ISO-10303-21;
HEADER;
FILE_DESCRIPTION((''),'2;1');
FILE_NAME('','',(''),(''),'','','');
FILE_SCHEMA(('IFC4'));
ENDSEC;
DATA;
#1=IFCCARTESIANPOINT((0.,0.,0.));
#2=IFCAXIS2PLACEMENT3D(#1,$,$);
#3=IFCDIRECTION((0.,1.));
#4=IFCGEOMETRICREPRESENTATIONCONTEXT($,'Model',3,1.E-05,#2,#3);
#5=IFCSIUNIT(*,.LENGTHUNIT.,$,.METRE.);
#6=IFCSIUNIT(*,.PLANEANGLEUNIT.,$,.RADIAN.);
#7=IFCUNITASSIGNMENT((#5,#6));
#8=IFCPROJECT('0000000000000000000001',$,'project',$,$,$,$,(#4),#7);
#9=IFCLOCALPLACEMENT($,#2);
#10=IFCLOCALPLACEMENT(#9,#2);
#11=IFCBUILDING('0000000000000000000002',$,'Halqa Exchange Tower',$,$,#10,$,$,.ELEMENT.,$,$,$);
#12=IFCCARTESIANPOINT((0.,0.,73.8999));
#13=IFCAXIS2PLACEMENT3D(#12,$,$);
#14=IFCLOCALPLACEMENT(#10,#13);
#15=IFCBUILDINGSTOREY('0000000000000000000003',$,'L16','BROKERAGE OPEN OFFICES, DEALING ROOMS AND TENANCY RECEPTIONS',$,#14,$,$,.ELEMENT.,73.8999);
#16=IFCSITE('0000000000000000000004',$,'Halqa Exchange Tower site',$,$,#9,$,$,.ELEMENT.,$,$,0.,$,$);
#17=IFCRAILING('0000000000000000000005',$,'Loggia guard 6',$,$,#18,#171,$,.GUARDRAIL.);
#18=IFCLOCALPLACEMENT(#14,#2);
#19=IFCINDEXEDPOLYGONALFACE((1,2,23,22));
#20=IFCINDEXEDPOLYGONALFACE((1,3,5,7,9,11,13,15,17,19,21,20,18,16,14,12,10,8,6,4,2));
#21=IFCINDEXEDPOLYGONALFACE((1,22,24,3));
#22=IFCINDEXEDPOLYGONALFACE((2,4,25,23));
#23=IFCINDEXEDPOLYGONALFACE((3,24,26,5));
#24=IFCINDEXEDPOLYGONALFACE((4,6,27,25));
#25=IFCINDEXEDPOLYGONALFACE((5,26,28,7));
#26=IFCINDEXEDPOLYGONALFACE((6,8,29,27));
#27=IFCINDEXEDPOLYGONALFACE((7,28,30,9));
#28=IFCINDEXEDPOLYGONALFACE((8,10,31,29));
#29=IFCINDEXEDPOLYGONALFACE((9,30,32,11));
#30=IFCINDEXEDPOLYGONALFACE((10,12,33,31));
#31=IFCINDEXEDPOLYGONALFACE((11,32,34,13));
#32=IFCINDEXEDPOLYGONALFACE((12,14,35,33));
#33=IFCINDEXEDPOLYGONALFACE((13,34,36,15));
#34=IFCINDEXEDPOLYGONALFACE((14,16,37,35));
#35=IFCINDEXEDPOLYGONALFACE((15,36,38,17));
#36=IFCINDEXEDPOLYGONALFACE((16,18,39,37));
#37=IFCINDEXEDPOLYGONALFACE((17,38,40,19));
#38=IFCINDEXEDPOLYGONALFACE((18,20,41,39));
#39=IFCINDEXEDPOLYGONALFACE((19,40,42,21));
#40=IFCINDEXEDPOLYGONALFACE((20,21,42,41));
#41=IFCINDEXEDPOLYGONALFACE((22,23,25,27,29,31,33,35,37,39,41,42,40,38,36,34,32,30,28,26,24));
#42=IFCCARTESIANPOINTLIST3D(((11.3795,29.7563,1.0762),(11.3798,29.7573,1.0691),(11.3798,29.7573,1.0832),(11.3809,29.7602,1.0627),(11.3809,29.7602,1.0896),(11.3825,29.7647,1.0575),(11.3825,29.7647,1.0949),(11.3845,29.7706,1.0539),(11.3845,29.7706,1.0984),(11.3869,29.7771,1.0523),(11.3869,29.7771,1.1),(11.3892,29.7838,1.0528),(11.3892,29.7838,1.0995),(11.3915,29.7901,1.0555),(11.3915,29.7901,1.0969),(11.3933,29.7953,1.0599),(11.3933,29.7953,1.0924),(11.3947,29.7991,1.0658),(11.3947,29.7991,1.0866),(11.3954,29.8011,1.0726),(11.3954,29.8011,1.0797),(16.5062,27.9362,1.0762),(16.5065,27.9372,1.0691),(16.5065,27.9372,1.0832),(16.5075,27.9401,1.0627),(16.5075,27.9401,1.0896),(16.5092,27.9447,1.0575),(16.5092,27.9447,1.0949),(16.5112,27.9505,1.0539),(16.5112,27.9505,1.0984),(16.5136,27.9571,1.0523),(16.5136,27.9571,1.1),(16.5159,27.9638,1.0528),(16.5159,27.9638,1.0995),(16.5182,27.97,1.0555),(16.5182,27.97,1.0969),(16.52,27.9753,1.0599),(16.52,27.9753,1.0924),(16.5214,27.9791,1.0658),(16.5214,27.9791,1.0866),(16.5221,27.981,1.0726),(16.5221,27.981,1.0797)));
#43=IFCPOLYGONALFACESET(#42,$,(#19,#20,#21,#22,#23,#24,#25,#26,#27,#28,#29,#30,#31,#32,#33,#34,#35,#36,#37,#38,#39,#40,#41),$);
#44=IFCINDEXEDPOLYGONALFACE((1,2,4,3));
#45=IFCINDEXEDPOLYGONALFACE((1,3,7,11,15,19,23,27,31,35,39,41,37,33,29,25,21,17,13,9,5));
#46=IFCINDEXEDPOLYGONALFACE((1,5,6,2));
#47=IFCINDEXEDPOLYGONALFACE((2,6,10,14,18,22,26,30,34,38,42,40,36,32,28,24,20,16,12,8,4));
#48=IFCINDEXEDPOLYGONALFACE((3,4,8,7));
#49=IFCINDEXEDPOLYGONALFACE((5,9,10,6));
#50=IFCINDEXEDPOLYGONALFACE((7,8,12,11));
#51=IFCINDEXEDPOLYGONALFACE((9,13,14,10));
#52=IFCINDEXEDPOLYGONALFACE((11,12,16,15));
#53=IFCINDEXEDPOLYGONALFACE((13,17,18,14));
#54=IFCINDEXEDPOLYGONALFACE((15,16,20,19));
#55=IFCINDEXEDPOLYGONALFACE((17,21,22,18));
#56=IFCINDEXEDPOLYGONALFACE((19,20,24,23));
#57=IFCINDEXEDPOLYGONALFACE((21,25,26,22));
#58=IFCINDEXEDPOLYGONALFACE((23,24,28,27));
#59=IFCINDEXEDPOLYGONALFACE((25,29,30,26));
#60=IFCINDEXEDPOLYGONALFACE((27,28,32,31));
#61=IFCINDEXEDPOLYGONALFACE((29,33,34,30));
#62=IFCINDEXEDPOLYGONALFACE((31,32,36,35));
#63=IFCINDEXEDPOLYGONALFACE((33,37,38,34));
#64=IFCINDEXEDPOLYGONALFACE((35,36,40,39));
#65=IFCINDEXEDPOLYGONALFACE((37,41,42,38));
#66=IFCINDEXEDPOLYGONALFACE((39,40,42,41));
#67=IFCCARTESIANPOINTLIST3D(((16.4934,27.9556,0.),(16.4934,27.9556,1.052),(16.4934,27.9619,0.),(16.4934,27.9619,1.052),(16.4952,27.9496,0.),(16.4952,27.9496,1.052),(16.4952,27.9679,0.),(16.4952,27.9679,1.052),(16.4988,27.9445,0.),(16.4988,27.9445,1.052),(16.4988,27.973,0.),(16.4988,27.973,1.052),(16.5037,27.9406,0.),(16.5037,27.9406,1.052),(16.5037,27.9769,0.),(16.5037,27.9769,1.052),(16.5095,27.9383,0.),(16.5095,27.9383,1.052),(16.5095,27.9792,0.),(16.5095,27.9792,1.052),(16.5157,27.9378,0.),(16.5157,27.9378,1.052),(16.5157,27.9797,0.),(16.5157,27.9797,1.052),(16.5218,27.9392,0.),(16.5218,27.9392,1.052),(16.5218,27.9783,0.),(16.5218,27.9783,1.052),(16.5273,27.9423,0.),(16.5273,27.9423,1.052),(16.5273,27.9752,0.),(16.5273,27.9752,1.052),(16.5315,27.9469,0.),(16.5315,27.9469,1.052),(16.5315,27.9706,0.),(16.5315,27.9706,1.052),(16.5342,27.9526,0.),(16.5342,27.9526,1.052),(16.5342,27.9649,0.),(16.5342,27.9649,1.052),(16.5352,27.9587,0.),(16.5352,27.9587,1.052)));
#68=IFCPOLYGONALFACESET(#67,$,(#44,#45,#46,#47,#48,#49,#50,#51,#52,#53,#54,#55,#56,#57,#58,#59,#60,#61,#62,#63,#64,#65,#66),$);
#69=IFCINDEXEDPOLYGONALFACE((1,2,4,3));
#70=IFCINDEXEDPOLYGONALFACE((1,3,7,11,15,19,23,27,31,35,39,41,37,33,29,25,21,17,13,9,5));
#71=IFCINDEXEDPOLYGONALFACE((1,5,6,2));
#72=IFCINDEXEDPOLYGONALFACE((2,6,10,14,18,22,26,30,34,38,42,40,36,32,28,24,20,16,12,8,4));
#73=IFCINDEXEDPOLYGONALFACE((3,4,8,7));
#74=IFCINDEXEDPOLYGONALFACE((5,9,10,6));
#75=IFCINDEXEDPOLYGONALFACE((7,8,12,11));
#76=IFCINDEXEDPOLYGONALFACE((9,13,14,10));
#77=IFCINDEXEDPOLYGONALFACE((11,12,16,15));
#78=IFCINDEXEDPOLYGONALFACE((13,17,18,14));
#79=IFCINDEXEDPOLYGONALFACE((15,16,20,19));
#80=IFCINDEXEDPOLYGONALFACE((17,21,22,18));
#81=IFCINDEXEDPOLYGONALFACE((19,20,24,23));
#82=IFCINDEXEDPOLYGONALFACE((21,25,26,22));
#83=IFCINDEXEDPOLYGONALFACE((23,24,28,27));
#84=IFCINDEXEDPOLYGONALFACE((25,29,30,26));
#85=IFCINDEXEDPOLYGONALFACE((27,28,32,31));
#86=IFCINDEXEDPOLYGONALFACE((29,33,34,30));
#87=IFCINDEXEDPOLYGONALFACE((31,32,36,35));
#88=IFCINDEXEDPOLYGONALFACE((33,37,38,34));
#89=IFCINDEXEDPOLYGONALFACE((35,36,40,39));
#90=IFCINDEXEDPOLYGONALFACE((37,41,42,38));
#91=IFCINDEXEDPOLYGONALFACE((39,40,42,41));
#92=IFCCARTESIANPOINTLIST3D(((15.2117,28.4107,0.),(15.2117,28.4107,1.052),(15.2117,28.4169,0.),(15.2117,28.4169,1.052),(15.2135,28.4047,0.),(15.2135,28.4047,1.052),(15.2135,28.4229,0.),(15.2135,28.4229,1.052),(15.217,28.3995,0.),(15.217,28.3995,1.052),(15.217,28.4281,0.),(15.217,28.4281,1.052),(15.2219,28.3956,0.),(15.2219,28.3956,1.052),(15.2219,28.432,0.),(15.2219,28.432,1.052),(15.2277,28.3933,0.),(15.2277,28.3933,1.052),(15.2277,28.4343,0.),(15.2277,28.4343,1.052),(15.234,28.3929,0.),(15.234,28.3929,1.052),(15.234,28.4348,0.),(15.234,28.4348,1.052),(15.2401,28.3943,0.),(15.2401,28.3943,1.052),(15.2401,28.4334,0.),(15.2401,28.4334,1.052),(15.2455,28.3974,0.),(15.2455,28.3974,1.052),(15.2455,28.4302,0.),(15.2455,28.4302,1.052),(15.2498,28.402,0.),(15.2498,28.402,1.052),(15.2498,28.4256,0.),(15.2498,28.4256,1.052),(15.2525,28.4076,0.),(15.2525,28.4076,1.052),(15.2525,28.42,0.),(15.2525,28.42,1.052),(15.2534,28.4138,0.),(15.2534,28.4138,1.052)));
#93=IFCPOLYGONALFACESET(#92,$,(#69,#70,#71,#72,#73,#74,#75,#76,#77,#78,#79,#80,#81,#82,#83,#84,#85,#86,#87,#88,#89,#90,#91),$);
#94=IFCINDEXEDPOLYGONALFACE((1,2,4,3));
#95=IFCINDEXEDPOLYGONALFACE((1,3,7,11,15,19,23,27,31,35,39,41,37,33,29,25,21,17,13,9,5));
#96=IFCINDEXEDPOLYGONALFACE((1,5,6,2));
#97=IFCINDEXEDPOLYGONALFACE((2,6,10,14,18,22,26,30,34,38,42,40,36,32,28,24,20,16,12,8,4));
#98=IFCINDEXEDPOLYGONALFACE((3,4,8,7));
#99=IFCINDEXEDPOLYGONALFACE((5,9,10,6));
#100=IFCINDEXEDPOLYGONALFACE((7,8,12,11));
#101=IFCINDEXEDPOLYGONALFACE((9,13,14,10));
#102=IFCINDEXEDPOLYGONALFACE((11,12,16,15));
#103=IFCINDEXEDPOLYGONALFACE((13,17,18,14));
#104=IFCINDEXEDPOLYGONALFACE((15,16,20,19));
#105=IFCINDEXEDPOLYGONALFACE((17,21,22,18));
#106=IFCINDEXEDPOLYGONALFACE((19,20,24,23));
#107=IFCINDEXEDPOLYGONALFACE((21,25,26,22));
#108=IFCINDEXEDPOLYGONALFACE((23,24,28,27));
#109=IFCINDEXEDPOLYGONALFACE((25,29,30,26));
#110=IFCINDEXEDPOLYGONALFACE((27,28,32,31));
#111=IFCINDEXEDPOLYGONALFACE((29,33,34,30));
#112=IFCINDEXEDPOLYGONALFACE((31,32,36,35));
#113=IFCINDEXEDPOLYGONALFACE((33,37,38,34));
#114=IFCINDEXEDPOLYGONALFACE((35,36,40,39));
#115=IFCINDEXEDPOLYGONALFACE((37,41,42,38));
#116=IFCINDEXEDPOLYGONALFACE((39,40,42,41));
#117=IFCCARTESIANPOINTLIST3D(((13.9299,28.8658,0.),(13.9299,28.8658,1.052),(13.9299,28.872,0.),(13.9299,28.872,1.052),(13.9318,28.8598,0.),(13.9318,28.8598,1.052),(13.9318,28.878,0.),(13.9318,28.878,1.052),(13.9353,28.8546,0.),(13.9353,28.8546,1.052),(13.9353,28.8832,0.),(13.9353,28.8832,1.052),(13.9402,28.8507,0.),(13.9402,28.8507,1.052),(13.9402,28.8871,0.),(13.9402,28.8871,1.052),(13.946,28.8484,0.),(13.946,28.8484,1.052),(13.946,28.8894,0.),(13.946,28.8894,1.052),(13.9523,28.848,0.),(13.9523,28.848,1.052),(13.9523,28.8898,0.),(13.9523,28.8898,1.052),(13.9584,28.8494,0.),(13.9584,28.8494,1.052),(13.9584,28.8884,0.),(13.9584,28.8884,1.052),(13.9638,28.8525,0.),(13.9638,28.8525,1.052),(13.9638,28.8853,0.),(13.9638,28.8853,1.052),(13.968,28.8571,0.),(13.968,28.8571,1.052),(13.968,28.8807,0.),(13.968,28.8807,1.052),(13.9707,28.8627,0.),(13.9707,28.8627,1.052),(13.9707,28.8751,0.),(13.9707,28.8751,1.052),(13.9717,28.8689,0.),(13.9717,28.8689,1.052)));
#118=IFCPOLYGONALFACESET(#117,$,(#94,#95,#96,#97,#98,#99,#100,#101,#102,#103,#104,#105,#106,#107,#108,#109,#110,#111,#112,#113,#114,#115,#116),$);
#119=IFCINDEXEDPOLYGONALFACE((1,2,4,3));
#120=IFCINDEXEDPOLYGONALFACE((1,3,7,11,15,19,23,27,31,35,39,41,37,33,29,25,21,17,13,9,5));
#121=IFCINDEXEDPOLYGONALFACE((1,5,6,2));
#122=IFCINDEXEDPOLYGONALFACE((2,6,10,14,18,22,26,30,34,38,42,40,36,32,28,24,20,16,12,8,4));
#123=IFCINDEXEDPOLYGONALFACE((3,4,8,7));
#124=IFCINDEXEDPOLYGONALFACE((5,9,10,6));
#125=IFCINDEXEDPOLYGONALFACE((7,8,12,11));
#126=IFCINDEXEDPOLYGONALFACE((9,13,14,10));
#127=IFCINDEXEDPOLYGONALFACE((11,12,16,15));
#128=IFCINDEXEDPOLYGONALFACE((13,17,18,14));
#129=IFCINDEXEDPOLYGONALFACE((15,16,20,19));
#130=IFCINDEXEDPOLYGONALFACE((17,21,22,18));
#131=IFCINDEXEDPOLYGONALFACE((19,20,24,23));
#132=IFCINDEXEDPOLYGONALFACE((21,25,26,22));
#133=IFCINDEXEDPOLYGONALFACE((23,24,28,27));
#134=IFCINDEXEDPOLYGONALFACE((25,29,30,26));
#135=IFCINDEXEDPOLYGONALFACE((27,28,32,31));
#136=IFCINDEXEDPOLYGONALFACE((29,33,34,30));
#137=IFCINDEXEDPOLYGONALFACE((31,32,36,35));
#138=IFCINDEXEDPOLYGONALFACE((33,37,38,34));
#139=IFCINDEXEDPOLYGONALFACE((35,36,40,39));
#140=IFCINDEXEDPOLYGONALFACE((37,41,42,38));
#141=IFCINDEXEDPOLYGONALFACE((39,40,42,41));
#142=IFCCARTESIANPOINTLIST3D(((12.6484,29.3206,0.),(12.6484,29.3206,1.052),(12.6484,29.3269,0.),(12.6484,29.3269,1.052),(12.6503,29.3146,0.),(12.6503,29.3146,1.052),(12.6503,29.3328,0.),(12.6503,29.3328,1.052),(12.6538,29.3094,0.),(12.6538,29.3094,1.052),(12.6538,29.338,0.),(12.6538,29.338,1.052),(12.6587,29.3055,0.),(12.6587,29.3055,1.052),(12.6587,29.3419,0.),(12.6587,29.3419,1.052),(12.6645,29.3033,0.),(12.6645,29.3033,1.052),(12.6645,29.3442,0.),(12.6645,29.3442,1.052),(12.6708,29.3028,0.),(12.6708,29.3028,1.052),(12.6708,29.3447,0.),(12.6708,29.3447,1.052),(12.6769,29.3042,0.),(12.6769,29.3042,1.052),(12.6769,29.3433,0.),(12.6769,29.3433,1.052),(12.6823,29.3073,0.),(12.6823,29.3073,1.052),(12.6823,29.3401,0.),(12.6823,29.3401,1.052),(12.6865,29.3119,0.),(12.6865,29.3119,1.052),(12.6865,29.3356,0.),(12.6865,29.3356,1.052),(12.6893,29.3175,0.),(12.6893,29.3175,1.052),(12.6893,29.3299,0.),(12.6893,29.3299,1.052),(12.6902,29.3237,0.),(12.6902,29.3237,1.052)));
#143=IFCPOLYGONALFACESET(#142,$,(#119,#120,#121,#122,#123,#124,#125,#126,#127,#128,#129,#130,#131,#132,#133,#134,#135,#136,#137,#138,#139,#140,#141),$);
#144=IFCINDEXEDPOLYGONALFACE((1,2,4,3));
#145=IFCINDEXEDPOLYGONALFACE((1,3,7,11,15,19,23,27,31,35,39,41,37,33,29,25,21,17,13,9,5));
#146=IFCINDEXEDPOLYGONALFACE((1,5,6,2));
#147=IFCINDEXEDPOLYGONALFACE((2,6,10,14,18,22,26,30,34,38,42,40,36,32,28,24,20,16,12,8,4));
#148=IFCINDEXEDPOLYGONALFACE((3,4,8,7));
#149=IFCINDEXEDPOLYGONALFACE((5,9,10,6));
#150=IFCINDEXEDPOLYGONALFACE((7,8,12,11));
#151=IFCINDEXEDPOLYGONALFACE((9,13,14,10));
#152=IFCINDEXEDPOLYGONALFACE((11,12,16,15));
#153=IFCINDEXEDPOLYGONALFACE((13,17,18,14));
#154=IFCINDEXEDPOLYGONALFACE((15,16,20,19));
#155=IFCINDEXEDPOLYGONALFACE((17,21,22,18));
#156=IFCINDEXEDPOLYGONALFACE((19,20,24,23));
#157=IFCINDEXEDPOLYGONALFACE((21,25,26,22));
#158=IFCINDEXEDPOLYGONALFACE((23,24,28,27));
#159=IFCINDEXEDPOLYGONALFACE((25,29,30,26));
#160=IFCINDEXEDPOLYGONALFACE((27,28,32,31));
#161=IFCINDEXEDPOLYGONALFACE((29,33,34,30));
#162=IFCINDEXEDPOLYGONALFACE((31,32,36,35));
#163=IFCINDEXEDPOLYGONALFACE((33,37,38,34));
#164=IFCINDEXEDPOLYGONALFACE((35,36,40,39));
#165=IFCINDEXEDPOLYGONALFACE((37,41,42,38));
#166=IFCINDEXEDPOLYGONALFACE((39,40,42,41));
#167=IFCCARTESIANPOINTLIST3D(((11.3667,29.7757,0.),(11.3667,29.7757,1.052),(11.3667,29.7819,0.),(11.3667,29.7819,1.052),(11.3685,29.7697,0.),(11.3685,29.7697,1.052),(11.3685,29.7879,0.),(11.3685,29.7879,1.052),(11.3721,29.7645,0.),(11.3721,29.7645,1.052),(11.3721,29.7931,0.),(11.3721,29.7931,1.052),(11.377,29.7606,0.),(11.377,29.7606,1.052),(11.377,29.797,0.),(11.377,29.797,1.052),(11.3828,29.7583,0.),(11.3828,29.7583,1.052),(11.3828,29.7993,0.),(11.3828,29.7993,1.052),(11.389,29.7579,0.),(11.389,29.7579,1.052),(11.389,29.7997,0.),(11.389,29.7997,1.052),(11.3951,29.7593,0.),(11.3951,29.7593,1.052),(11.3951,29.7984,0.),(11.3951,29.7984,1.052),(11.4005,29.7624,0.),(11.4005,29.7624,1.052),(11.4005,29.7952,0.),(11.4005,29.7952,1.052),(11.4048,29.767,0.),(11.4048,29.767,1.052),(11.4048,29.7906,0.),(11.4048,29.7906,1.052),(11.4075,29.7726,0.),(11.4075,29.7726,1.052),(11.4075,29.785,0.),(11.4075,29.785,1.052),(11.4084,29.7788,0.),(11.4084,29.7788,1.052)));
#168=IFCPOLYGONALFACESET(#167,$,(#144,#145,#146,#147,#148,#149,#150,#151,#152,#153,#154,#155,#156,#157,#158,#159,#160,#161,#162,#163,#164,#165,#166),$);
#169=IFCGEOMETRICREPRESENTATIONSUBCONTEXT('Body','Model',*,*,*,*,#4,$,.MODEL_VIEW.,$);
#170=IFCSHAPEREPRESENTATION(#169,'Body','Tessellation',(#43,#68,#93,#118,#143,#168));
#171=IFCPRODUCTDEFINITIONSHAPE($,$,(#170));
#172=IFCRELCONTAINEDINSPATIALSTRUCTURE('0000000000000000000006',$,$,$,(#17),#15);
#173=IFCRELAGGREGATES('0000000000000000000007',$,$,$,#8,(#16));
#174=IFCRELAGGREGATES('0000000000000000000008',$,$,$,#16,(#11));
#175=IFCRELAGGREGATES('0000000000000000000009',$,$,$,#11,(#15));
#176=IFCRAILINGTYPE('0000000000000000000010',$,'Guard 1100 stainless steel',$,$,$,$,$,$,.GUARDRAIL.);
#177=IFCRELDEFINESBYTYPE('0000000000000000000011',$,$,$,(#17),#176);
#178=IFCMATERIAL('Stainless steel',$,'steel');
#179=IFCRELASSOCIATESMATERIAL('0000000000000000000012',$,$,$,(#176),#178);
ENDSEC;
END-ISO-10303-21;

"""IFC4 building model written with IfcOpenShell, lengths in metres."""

from ifc_helpers import new_model, si_unit, direction, frame, origin, origin_2d, place, context, subcontext, project, spatial, circle, extrude, material, type_object, element, save


model = new_model("IFC4")

# Units and contexts
model_context = context("Model", 3, precision=1e-05, world=origin(), true_north=direction((0.0, 1.0)))
body_context = subcontext(model_context, "Body", "Model", "MODEL_VIEW")
ifc_project = project(units=[si_unit("LENGTHUNIT", "METRE"), si_unit("PLANEANGLEUNIT", "RADIAN")], contexts=[model_context])

# Site, building, storey
site_placement = place(None, origin())
site = spatial("IfcSite", under=ifc_project, at=site_placement, Name="Halqa Exchange Tower site", CompositionType="ELEMENT", RefElevation=0.0)
building_placement = place(site_placement, origin())
building = spatial("IfcBuilding", under=site, at=building_placement, Name="Halqa Exchange Tower", CompositionType="ELEMENT")
storey_placement = place(building_placement, frame((0.0, 0.0, 73.8999)))
storey = spatial("IfcBuildingStorey", under=building, at=storey_placement, Name="L16", Description="BROKERAGE OPEN OFFICES, DEALING ROOMS AND TENANCY RECEPTIONS", CompositionType="ELEMENT", Elevation=73.8999)

# Railing
ifc_material_1 = material(Name="Stainless steel", Category="steel")
railing_type = type_object("IfcRailingType", Name="Guard 1100 stainless steel", PredefinedType="GUARDRAIL", material=ifc_material_1)
railing_1_placement = place(storey_placement, frame((16.5142, 27.9587, 0.0)))
element("IfcRailing", 1, at=railing_1_placement, inside=storey, type_object=railing_type, Name="Loggia guard 6", PredefinedType="GUARDRAIL", context=body_context, shape_type="SweptSolid", body=[
    extrude(circle(Radius=0.0239, at=origin_2d()), frame((0.0, 0.0, 1.0762), z_axis=(-0.942375, 0.334559, 0.0), x_axis=(-0.334559, -0.942375, 0.0)), (0.0, 0.0, 1.0), 5.4402),
    extrude(circle(Radius=0.021, at=origin_2d()), origin(), (0.0, 0.0, 1.0), 1.052),
    extrude(circle(Radius=0.021, at=origin_2d()), frame((-1.2817, 0.4551, 0.0)), (0.0, 0.0, 1.0), 1.052),
    extrude(circle(Radius=0.021, at=origin_2d()), frame((-2.5635, 0.9102, 0.0)), (0.0, 0.0, 1.0), 1.052),
    extrude(circle(Radius=0.021, at=origin_2d()), frame((-3.845, 1.365, 0.0)), (0.0, 0.0, 1.0), 1.052),
    extrude(circle(Radius=0.021, at=origin_2d()), frame((-5.1267, 1.8201, 0.0)), (0.0, 0.0, 1.0), 1.052),
])

save(model, "model.ifc")
